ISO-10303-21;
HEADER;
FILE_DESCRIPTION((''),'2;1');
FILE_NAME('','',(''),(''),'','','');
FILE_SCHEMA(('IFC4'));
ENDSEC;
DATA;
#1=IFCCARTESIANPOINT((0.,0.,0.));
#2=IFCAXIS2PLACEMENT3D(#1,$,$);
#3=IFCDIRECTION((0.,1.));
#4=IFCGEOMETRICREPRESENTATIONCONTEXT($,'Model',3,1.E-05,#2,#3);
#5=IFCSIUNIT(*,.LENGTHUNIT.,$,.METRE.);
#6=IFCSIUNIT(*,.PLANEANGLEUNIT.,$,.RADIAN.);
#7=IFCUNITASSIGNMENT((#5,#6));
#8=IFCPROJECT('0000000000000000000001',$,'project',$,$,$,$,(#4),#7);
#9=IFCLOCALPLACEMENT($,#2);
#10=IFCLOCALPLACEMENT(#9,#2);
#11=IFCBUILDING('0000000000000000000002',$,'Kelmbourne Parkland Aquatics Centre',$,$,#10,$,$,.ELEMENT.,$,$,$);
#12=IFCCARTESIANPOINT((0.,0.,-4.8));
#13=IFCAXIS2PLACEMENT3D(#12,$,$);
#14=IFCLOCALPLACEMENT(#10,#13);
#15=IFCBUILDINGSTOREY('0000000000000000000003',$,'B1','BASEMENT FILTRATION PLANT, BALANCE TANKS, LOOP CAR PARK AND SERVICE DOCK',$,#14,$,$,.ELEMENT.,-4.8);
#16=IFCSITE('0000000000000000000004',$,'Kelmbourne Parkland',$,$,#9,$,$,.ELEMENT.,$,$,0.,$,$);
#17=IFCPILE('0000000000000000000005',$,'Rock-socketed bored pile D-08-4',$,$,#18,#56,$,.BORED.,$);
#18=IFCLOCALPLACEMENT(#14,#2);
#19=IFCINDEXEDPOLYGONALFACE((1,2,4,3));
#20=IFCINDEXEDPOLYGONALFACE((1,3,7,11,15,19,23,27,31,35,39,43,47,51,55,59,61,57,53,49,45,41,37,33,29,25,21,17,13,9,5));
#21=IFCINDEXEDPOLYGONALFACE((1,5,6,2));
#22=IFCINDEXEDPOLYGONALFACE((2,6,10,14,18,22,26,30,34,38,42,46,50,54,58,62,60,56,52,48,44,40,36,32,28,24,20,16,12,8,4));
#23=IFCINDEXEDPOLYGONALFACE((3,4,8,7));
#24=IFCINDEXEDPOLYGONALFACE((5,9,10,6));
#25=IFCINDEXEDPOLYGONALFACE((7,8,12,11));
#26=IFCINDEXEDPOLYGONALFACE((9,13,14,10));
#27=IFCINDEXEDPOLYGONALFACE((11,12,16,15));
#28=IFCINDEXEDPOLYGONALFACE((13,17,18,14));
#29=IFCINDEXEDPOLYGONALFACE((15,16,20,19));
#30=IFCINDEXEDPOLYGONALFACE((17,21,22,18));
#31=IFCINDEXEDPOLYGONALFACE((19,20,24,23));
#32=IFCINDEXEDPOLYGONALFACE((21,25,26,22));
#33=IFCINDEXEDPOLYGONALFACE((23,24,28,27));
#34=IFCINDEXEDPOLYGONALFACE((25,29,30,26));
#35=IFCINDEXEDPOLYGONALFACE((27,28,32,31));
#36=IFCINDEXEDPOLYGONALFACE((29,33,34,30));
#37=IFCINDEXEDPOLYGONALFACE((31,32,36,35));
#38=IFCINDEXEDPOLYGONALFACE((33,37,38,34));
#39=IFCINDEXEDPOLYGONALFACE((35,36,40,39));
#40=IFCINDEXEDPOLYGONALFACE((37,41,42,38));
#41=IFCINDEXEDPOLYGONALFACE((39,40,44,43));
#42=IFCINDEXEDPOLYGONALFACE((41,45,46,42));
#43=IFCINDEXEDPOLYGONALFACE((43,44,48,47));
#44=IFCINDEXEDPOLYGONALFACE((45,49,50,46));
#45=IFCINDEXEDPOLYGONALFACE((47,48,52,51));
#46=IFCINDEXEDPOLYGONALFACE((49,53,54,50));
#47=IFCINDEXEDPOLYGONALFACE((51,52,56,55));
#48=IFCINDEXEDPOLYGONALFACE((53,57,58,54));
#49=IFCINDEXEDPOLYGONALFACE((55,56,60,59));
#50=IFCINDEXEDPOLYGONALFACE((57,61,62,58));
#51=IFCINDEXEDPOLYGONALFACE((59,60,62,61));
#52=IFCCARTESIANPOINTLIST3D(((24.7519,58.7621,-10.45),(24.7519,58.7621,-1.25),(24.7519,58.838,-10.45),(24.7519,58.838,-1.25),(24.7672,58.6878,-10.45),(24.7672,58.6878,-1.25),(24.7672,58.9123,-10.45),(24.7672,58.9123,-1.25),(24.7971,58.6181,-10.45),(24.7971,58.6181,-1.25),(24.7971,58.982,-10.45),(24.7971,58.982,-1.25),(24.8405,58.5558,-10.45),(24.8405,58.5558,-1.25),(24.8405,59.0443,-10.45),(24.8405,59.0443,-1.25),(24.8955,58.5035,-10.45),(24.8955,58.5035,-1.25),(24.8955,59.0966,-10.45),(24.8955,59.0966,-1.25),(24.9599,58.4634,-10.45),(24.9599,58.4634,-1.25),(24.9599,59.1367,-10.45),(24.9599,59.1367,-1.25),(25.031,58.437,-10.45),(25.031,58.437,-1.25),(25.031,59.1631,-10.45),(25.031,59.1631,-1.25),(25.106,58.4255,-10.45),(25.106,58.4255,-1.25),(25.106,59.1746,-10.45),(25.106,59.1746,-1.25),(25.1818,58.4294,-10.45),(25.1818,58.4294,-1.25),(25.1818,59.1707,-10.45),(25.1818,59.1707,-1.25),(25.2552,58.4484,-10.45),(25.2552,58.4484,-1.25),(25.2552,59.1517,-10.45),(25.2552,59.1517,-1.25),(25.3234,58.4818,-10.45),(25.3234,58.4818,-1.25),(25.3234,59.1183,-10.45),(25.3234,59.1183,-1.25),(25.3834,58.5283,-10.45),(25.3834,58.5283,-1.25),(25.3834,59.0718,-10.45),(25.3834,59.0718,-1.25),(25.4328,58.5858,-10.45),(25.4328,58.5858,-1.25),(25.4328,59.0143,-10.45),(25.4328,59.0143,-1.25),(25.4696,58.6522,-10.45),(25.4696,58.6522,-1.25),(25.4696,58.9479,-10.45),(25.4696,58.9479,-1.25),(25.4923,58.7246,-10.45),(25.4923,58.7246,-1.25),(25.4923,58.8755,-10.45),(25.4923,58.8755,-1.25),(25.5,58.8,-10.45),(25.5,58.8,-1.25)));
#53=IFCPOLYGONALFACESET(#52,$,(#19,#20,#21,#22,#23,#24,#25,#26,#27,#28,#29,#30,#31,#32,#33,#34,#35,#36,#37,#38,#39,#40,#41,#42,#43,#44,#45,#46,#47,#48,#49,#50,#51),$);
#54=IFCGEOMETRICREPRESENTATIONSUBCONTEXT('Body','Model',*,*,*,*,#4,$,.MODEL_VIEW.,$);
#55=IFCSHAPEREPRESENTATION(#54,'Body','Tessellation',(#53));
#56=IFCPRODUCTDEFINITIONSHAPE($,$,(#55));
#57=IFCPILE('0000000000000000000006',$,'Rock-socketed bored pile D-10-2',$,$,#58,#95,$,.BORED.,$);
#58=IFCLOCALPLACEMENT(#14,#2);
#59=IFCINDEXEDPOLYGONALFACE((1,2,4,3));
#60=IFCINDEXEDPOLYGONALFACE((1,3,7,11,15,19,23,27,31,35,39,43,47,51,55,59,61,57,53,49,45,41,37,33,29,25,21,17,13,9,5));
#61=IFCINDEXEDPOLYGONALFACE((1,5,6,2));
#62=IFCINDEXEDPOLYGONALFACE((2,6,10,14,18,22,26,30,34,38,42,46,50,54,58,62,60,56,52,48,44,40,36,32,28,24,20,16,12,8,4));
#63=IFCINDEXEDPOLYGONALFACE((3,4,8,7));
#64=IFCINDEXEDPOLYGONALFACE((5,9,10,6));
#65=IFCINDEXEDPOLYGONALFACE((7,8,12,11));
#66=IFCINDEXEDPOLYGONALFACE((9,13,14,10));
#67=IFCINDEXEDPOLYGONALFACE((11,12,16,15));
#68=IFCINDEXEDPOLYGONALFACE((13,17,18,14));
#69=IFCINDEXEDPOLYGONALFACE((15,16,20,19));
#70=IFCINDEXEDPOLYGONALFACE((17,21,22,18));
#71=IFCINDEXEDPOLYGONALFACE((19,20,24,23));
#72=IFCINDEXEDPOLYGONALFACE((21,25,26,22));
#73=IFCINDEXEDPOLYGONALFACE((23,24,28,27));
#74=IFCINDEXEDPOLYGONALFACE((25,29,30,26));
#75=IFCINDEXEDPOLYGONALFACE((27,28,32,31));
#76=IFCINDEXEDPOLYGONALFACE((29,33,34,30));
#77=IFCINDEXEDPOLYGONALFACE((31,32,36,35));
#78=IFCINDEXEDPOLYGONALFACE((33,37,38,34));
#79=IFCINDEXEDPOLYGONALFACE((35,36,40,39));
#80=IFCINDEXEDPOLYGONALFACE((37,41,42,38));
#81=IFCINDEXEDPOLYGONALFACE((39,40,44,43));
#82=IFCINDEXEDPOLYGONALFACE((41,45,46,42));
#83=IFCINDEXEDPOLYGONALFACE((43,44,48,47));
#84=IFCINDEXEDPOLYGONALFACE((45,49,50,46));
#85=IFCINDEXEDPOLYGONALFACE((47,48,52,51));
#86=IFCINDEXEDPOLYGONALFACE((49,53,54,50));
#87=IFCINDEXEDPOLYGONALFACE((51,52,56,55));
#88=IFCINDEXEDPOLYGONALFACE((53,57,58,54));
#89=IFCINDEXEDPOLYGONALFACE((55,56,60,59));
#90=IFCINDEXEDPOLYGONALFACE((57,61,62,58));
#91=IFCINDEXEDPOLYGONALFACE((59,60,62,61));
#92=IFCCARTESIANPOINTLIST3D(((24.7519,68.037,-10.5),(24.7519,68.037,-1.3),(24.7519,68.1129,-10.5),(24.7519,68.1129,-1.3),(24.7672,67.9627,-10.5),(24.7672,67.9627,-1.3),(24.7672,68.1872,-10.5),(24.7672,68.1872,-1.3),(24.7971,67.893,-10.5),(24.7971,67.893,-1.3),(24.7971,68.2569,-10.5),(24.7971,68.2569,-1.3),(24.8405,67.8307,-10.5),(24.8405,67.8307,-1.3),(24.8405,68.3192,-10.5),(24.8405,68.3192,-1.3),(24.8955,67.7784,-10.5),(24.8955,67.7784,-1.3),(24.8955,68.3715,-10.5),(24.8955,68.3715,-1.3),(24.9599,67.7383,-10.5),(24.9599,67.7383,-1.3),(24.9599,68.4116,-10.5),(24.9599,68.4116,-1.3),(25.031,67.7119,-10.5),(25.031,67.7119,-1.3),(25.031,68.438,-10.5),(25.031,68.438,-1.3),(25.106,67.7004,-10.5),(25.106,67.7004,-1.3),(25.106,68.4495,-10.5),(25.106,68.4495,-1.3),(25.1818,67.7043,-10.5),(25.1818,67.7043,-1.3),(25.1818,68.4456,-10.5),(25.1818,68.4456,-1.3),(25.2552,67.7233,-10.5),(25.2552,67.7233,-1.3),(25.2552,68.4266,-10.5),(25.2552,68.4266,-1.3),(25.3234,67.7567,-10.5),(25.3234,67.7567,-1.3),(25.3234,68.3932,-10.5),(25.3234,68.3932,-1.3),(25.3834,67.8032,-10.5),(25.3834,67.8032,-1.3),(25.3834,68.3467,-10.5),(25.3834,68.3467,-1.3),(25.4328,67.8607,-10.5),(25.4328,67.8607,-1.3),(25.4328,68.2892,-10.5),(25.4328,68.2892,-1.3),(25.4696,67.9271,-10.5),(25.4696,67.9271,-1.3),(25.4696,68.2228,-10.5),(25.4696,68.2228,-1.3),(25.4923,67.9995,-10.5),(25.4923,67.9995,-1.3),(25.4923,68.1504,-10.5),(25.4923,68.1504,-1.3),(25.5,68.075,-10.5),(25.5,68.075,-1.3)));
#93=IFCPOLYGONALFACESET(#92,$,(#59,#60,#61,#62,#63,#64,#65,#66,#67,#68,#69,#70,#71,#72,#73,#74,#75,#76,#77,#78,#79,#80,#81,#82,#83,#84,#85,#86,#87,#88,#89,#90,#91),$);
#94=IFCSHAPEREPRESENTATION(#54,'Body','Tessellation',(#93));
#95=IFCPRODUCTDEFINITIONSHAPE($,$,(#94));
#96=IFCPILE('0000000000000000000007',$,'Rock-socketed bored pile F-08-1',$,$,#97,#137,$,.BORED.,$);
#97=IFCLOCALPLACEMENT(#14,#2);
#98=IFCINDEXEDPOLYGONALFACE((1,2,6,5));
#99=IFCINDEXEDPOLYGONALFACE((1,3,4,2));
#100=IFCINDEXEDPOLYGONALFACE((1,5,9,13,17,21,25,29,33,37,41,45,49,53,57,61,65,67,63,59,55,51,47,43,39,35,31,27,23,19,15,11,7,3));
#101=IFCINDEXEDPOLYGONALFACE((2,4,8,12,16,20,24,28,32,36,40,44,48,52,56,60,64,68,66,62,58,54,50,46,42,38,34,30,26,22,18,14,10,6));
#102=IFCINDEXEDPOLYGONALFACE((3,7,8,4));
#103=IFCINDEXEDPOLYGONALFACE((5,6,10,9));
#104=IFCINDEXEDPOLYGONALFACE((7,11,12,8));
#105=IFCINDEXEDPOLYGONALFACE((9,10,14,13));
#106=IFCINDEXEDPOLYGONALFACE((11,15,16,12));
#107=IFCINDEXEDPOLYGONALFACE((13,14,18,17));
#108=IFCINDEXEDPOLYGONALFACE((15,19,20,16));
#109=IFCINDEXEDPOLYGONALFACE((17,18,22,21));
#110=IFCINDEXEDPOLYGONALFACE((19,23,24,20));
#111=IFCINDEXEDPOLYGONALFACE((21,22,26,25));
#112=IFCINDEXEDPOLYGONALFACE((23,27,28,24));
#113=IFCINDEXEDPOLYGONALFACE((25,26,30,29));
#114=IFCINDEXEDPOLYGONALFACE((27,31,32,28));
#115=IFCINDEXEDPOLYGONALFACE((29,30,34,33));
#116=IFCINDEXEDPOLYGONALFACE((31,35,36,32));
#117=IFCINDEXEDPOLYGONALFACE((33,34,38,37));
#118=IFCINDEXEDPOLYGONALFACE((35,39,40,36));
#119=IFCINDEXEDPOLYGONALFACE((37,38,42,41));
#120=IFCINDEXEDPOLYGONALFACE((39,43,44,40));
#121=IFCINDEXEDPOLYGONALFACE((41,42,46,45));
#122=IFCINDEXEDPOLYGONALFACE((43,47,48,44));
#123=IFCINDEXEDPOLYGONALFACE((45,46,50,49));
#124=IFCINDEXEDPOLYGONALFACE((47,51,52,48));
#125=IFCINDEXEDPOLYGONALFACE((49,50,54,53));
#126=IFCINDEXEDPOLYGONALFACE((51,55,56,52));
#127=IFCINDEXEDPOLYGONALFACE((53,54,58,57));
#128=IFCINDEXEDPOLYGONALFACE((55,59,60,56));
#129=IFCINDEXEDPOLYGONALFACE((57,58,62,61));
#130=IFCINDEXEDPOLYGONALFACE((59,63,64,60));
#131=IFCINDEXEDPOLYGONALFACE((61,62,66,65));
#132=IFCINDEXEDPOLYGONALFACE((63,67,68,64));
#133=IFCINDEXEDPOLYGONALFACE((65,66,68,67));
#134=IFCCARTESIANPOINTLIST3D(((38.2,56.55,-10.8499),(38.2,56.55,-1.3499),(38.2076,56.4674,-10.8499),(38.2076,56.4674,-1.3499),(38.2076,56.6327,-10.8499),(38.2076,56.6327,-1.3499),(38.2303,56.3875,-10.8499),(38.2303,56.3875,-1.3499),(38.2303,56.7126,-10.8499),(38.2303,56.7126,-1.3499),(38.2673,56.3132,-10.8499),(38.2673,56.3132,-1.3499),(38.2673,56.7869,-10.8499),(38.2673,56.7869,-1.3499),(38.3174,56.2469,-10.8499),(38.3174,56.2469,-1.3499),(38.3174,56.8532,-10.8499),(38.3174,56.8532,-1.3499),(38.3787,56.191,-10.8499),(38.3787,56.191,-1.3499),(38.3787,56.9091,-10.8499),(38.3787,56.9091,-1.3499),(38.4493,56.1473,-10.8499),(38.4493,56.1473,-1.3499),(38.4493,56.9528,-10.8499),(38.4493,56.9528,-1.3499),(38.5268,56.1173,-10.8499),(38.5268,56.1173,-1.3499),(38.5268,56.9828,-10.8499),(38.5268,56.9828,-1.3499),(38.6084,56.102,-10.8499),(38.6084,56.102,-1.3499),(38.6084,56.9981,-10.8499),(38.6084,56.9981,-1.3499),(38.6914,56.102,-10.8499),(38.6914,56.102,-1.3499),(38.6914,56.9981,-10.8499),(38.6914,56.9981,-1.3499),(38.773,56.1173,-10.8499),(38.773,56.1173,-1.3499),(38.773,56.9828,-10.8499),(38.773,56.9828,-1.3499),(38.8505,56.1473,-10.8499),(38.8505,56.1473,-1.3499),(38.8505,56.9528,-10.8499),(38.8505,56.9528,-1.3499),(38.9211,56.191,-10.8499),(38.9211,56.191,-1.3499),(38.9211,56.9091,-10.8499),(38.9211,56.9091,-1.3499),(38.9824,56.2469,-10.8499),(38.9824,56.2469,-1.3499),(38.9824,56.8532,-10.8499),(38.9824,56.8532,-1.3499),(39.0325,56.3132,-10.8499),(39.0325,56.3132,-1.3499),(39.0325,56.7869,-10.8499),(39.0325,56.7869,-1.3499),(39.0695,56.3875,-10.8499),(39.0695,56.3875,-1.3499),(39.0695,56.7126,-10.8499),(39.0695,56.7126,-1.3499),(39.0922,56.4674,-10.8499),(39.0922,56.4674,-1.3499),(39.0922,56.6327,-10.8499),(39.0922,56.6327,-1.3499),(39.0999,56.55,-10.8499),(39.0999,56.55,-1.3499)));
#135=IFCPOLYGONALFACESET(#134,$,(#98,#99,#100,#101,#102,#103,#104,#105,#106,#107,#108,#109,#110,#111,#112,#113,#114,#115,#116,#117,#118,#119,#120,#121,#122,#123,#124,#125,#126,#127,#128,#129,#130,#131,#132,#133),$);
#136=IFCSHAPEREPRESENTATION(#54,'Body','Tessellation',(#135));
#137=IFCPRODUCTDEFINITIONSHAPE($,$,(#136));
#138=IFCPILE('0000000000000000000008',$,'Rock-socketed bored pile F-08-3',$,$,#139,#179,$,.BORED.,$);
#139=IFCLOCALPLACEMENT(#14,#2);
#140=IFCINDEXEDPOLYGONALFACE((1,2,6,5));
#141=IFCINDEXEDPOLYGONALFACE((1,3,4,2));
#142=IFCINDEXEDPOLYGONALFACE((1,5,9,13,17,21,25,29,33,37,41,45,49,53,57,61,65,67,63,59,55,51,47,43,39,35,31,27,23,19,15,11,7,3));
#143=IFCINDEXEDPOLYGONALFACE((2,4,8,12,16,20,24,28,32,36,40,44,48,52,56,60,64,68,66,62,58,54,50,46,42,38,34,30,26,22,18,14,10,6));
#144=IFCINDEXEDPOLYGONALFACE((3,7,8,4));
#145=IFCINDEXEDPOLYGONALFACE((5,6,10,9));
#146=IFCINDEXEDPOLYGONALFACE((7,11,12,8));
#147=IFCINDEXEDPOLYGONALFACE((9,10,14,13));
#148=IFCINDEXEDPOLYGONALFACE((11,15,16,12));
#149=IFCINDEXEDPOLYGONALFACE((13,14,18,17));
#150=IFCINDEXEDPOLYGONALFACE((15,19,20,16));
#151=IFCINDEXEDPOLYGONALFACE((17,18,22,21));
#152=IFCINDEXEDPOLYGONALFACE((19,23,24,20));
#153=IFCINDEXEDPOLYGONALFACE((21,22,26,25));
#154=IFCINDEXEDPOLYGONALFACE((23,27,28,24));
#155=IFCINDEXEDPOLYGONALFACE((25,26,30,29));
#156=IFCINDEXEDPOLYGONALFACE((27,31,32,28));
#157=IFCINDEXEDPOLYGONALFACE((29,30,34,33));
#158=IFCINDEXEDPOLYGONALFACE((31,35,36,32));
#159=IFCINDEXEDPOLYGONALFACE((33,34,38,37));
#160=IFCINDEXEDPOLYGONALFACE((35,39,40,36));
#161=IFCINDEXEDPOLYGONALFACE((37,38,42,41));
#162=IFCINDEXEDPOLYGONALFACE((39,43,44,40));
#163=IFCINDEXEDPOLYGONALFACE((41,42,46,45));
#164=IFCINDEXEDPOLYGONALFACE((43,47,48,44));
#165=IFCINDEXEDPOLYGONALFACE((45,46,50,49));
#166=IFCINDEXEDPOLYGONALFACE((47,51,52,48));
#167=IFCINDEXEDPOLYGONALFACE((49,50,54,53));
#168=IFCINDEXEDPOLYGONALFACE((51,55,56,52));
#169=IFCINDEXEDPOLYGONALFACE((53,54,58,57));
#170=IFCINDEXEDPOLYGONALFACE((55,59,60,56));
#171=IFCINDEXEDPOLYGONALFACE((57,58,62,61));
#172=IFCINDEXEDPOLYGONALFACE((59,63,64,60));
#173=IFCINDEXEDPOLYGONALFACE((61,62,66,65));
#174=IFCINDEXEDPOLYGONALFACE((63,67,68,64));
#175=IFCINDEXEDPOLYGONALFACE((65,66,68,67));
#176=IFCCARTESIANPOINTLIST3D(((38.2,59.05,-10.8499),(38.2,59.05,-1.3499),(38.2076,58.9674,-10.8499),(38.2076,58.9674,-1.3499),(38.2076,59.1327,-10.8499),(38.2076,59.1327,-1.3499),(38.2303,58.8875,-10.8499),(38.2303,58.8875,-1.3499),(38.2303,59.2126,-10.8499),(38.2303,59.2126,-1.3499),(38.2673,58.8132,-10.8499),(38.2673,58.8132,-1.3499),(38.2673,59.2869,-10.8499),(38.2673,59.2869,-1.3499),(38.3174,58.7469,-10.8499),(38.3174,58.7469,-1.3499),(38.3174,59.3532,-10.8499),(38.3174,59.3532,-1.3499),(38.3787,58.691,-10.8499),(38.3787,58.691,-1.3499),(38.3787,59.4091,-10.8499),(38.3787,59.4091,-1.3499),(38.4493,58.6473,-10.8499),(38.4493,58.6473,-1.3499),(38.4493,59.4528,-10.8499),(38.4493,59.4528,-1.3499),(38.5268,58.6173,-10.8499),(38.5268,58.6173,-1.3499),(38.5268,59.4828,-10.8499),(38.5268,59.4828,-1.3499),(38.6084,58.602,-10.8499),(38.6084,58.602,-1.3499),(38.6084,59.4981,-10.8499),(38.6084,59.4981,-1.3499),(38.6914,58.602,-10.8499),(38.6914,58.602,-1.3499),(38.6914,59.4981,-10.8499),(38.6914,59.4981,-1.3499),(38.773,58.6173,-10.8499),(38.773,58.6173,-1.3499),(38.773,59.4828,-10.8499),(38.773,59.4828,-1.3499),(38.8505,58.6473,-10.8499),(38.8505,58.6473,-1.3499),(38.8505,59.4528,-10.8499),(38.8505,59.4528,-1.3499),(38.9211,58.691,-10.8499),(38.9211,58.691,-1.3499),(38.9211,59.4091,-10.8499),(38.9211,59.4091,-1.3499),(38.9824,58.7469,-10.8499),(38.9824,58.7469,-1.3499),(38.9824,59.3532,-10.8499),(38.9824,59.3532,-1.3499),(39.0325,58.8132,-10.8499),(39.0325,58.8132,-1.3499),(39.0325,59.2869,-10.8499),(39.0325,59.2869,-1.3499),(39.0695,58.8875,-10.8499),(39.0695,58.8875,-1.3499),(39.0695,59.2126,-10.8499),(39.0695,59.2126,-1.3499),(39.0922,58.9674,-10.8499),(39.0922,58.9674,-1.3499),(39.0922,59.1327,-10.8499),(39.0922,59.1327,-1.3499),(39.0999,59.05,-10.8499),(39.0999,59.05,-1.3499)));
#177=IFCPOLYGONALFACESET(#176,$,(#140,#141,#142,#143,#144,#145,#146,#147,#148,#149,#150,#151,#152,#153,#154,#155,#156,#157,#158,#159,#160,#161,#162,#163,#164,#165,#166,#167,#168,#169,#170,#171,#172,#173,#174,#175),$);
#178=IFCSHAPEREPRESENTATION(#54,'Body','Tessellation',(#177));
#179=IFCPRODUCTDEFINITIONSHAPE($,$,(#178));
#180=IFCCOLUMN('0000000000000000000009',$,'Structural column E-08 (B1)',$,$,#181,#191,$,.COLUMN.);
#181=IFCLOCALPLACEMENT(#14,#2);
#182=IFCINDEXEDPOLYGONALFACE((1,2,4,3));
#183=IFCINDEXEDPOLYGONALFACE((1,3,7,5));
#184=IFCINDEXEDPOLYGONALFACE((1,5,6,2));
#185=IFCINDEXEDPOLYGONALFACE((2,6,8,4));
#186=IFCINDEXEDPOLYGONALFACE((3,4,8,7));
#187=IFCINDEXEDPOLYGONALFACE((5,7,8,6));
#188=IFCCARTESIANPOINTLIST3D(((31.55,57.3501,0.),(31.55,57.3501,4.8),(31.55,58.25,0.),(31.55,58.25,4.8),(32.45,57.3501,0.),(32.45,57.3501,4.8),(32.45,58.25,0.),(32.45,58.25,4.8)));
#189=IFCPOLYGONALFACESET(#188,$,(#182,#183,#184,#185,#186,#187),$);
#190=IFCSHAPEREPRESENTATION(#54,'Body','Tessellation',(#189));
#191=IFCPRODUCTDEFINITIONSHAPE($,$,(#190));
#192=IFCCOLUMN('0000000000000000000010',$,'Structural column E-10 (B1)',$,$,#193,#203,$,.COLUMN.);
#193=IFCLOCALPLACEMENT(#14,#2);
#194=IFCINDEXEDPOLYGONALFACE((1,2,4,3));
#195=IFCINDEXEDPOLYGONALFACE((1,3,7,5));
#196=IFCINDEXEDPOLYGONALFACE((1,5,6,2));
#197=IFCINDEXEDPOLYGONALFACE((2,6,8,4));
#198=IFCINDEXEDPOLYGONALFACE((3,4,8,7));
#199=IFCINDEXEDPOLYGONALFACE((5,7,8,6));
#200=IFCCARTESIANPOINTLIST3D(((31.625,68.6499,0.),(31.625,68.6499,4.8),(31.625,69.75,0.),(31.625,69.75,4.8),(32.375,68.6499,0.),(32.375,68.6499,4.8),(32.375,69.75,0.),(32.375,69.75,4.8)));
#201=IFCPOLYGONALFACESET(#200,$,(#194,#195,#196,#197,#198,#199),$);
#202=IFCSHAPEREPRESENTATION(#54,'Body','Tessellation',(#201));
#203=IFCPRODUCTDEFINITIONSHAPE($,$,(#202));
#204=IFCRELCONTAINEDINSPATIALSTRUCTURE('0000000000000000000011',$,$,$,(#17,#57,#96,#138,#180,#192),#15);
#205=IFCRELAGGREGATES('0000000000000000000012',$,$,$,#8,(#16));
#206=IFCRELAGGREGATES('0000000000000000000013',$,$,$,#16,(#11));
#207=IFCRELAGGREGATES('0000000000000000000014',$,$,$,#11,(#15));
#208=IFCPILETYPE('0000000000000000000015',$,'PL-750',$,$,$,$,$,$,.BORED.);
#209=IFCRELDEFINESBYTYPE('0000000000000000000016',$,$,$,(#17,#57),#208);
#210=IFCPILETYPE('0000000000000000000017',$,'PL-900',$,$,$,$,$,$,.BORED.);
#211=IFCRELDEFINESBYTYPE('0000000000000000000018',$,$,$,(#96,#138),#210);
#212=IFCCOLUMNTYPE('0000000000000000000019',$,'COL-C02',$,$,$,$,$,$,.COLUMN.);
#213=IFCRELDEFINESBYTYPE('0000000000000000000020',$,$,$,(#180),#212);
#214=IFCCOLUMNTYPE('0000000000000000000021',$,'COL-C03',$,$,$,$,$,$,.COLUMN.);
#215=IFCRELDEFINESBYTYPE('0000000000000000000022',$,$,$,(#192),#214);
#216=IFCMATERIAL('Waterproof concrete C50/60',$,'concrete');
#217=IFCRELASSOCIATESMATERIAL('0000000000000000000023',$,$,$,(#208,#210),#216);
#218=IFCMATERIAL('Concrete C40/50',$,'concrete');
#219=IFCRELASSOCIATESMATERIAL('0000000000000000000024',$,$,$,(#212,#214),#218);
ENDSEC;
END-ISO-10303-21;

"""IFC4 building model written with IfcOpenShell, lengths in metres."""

from ifc_helpers import new_model, si_unit, direction, frame, origin, origin_2d, place, context, subcontext, project, spatial, rectangle, circle, extrude, material, material_profile, profile_set, type_object, element, save


model = new_model("IFC4")

# Units and contexts
model_context = context("Model", 3, precision=1e-05, world=origin(), true_north=direction((0.0, 1.0)))
body_context = subcontext(model_context, "Body", "Model", "MODEL_VIEW")
ifc_project = project(units=[si_unit("LENGTHUNIT", "METRE"), si_unit("PLANEANGLEUNIT", "RADIAN")], contexts=[model_context])

# Site, building, storey
site_placement = place(None, origin())
site = spatial("IfcSite", under=ifc_project, at=site_placement, Name="Kelmbourne Parkland", CompositionType="ELEMENT", RefElevation=0.0)
building_placement = place(site_placement, origin())
building = spatial("IfcBuilding", under=site, at=building_placement, Name="Kelmbourne Parkland Aquatics Centre", CompositionType="ELEMENT")
storey_placement = place(building_placement, frame((0.0, 0.0, -4.8)))
storey = spatial("IfcBuildingStorey", under=building, at=storey_placement, Name="B1", Description="BASEMENT FILTRATION PLANT, BALANCE TANKS, LOOP CAR PARK AND SERVICE DOCK", CompositionType="ELEMENT", Elevation=-4.8)

# Shared definitions
ifc_material_1 = material(Name="Waterproof concrete C50/60", Category="concrete")

# Piles
ifc_material_profile_1 = material_profile(ifc_material_1, circle(Radius=0.375, at=origin_2d()), Name="PILE D750")
ifc_profile_set_1 = profile_set([ifc_material_profile_1], Name="Waterproof concrete C50/60")
pile_type_1 = type_object("IfcPileType", Name="PL-750", PredefinedType="BORED", material=ifc_profile_set_1)
for number, where, z_axis, x_axis, name in (
    (1, (25.125, 58.8, -1.25), (0.0, 0.0, -1.0), (1.0, 0.0, 0.0), "Rock-socketed bored pile D-08-4"),
    (2, (25.125, 68.075, -1.3), (0.0, 0.0, -1.0), (1.0, 0.0, 0.0), "Rock-socketed bored pile D-10-2"),
):
    element("IfcPile", number, at=place(storey_placement, frame(where, z_axis=z_axis, x_axis=x_axis)), inside=storey, type_object=pile_type_1, Name=name, PredefinedType="BORED", context=body_context, shape_type="SweptSolid", body=[
        extrude(circle(Radius=0.375, at=origin_2d()), origin(), (0.0, 0.0, 1.0), 9.2),
    ])
ifc_material_profile_2 = material_profile(ifc_material_1, circle(Radius=0.45, at=origin_2d()), Name="PILE D900")
ifc_profile_set_2 = profile_set([ifc_material_profile_2], Name="Waterproof concrete C50/60")
pile_type_2 = type_object("IfcPileType", Name="PL-900", PredefinedType="BORED", material=ifc_profile_set_2)
for number, where, z_axis, x_axis, name in (
    (3, (38.6499, 56.55, -1.3499), (0.0, 0.0, -1.0), (1.0, 0.0, 0.0), "Rock-socketed bored pile F-08-1"),
    (4, (38.6499, 59.05, -1.3499), (0.0, 0.0, -1.0), (1.0, 0.0, 0.0), "Rock-socketed bored pile F-08-3"),
):
    element("IfcPile", number, at=place(storey_placement, frame(where, z_axis=z_axis, x_axis=x_axis)), inside=storey, type_object=pile_type_2, Name=name, PredefinedType="BORED", context=body_context, shape_type="SweptSolid", body=[
        extrude(circle(Radius=0.45, at=origin_2d()), origin(), (0.0, 0.0, 1.0), 9.5),
    ])

# Columns
ifc_material_2 = material(Name="Concrete C40/50", Category="concrete")
ifc_material_profile_3 = material_profile(ifc_material_2, rectangle(XDim=0.8999, YDim=0.8999, at=origin_2d()), Name="RC 900x900")
ifc_profile_set_3 = profile_set([ifc_material_profile_3], Name="Concrete C40/50")
column_type_1 = type_object("IfcColumnType", Name="COL-C02", PredefinedType="COLUMN", material=ifc_profile_set_3)
column_1_placement = place(storey_placement, frame((32.0, 57.8, 0.0), z_axis=(0.0, 0.0, 1.0), x_axis=(1.0, 0.0, 0.0)))
element("IfcColumn", 5, at=column_1_placement, inside=storey, type_object=column_type_1, Name="Structural column E-08 (B1)", PredefinedType="COLUMN", context=body_context, shape_type="SweptSolid", body=[
    extrude(rectangle(XDim=0.8999, YDim=0.8999, at=origin_2d()), origin(), (0.0, 0.0, 1.0), 4.8),
])
ifc_material_profile_4 = material_profile(ifc_material_2, rectangle(XDim=0.75, YDim=1.1001, at=origin_2d()), Name="RC 750x1100")
ifc_profile_set_4 = profile_set([ifc_material_profile_4], Name="Concrete C40/50")
column_type_2 = type_object("IfcColumnType", Name="COL-C03", PredefinedType="COLUMN", material=ifc_profile_set_4)
column_2_placement = place(storey_placement, frame((32.0, 69.2, 0.0), z_axis=(0.0, 0.0, 1.0), x_axis=(1.0, 0.0, 0.0)))
element("IfcColumn", 6, at=column_2_placement, inside=storey, type_object=column_type_2, Name="Structural column E-10 (B1)", PredefinedType="COLUMN", context=body_context, shape_type="SweptSolid", body=[
    extrude(rectangle(XDim=0.75, YDim=1.1001, at=origin_2d()), origin(), (0.0, 0.0, 1.0), 4.8),
])

save(model, "model.ifc")
